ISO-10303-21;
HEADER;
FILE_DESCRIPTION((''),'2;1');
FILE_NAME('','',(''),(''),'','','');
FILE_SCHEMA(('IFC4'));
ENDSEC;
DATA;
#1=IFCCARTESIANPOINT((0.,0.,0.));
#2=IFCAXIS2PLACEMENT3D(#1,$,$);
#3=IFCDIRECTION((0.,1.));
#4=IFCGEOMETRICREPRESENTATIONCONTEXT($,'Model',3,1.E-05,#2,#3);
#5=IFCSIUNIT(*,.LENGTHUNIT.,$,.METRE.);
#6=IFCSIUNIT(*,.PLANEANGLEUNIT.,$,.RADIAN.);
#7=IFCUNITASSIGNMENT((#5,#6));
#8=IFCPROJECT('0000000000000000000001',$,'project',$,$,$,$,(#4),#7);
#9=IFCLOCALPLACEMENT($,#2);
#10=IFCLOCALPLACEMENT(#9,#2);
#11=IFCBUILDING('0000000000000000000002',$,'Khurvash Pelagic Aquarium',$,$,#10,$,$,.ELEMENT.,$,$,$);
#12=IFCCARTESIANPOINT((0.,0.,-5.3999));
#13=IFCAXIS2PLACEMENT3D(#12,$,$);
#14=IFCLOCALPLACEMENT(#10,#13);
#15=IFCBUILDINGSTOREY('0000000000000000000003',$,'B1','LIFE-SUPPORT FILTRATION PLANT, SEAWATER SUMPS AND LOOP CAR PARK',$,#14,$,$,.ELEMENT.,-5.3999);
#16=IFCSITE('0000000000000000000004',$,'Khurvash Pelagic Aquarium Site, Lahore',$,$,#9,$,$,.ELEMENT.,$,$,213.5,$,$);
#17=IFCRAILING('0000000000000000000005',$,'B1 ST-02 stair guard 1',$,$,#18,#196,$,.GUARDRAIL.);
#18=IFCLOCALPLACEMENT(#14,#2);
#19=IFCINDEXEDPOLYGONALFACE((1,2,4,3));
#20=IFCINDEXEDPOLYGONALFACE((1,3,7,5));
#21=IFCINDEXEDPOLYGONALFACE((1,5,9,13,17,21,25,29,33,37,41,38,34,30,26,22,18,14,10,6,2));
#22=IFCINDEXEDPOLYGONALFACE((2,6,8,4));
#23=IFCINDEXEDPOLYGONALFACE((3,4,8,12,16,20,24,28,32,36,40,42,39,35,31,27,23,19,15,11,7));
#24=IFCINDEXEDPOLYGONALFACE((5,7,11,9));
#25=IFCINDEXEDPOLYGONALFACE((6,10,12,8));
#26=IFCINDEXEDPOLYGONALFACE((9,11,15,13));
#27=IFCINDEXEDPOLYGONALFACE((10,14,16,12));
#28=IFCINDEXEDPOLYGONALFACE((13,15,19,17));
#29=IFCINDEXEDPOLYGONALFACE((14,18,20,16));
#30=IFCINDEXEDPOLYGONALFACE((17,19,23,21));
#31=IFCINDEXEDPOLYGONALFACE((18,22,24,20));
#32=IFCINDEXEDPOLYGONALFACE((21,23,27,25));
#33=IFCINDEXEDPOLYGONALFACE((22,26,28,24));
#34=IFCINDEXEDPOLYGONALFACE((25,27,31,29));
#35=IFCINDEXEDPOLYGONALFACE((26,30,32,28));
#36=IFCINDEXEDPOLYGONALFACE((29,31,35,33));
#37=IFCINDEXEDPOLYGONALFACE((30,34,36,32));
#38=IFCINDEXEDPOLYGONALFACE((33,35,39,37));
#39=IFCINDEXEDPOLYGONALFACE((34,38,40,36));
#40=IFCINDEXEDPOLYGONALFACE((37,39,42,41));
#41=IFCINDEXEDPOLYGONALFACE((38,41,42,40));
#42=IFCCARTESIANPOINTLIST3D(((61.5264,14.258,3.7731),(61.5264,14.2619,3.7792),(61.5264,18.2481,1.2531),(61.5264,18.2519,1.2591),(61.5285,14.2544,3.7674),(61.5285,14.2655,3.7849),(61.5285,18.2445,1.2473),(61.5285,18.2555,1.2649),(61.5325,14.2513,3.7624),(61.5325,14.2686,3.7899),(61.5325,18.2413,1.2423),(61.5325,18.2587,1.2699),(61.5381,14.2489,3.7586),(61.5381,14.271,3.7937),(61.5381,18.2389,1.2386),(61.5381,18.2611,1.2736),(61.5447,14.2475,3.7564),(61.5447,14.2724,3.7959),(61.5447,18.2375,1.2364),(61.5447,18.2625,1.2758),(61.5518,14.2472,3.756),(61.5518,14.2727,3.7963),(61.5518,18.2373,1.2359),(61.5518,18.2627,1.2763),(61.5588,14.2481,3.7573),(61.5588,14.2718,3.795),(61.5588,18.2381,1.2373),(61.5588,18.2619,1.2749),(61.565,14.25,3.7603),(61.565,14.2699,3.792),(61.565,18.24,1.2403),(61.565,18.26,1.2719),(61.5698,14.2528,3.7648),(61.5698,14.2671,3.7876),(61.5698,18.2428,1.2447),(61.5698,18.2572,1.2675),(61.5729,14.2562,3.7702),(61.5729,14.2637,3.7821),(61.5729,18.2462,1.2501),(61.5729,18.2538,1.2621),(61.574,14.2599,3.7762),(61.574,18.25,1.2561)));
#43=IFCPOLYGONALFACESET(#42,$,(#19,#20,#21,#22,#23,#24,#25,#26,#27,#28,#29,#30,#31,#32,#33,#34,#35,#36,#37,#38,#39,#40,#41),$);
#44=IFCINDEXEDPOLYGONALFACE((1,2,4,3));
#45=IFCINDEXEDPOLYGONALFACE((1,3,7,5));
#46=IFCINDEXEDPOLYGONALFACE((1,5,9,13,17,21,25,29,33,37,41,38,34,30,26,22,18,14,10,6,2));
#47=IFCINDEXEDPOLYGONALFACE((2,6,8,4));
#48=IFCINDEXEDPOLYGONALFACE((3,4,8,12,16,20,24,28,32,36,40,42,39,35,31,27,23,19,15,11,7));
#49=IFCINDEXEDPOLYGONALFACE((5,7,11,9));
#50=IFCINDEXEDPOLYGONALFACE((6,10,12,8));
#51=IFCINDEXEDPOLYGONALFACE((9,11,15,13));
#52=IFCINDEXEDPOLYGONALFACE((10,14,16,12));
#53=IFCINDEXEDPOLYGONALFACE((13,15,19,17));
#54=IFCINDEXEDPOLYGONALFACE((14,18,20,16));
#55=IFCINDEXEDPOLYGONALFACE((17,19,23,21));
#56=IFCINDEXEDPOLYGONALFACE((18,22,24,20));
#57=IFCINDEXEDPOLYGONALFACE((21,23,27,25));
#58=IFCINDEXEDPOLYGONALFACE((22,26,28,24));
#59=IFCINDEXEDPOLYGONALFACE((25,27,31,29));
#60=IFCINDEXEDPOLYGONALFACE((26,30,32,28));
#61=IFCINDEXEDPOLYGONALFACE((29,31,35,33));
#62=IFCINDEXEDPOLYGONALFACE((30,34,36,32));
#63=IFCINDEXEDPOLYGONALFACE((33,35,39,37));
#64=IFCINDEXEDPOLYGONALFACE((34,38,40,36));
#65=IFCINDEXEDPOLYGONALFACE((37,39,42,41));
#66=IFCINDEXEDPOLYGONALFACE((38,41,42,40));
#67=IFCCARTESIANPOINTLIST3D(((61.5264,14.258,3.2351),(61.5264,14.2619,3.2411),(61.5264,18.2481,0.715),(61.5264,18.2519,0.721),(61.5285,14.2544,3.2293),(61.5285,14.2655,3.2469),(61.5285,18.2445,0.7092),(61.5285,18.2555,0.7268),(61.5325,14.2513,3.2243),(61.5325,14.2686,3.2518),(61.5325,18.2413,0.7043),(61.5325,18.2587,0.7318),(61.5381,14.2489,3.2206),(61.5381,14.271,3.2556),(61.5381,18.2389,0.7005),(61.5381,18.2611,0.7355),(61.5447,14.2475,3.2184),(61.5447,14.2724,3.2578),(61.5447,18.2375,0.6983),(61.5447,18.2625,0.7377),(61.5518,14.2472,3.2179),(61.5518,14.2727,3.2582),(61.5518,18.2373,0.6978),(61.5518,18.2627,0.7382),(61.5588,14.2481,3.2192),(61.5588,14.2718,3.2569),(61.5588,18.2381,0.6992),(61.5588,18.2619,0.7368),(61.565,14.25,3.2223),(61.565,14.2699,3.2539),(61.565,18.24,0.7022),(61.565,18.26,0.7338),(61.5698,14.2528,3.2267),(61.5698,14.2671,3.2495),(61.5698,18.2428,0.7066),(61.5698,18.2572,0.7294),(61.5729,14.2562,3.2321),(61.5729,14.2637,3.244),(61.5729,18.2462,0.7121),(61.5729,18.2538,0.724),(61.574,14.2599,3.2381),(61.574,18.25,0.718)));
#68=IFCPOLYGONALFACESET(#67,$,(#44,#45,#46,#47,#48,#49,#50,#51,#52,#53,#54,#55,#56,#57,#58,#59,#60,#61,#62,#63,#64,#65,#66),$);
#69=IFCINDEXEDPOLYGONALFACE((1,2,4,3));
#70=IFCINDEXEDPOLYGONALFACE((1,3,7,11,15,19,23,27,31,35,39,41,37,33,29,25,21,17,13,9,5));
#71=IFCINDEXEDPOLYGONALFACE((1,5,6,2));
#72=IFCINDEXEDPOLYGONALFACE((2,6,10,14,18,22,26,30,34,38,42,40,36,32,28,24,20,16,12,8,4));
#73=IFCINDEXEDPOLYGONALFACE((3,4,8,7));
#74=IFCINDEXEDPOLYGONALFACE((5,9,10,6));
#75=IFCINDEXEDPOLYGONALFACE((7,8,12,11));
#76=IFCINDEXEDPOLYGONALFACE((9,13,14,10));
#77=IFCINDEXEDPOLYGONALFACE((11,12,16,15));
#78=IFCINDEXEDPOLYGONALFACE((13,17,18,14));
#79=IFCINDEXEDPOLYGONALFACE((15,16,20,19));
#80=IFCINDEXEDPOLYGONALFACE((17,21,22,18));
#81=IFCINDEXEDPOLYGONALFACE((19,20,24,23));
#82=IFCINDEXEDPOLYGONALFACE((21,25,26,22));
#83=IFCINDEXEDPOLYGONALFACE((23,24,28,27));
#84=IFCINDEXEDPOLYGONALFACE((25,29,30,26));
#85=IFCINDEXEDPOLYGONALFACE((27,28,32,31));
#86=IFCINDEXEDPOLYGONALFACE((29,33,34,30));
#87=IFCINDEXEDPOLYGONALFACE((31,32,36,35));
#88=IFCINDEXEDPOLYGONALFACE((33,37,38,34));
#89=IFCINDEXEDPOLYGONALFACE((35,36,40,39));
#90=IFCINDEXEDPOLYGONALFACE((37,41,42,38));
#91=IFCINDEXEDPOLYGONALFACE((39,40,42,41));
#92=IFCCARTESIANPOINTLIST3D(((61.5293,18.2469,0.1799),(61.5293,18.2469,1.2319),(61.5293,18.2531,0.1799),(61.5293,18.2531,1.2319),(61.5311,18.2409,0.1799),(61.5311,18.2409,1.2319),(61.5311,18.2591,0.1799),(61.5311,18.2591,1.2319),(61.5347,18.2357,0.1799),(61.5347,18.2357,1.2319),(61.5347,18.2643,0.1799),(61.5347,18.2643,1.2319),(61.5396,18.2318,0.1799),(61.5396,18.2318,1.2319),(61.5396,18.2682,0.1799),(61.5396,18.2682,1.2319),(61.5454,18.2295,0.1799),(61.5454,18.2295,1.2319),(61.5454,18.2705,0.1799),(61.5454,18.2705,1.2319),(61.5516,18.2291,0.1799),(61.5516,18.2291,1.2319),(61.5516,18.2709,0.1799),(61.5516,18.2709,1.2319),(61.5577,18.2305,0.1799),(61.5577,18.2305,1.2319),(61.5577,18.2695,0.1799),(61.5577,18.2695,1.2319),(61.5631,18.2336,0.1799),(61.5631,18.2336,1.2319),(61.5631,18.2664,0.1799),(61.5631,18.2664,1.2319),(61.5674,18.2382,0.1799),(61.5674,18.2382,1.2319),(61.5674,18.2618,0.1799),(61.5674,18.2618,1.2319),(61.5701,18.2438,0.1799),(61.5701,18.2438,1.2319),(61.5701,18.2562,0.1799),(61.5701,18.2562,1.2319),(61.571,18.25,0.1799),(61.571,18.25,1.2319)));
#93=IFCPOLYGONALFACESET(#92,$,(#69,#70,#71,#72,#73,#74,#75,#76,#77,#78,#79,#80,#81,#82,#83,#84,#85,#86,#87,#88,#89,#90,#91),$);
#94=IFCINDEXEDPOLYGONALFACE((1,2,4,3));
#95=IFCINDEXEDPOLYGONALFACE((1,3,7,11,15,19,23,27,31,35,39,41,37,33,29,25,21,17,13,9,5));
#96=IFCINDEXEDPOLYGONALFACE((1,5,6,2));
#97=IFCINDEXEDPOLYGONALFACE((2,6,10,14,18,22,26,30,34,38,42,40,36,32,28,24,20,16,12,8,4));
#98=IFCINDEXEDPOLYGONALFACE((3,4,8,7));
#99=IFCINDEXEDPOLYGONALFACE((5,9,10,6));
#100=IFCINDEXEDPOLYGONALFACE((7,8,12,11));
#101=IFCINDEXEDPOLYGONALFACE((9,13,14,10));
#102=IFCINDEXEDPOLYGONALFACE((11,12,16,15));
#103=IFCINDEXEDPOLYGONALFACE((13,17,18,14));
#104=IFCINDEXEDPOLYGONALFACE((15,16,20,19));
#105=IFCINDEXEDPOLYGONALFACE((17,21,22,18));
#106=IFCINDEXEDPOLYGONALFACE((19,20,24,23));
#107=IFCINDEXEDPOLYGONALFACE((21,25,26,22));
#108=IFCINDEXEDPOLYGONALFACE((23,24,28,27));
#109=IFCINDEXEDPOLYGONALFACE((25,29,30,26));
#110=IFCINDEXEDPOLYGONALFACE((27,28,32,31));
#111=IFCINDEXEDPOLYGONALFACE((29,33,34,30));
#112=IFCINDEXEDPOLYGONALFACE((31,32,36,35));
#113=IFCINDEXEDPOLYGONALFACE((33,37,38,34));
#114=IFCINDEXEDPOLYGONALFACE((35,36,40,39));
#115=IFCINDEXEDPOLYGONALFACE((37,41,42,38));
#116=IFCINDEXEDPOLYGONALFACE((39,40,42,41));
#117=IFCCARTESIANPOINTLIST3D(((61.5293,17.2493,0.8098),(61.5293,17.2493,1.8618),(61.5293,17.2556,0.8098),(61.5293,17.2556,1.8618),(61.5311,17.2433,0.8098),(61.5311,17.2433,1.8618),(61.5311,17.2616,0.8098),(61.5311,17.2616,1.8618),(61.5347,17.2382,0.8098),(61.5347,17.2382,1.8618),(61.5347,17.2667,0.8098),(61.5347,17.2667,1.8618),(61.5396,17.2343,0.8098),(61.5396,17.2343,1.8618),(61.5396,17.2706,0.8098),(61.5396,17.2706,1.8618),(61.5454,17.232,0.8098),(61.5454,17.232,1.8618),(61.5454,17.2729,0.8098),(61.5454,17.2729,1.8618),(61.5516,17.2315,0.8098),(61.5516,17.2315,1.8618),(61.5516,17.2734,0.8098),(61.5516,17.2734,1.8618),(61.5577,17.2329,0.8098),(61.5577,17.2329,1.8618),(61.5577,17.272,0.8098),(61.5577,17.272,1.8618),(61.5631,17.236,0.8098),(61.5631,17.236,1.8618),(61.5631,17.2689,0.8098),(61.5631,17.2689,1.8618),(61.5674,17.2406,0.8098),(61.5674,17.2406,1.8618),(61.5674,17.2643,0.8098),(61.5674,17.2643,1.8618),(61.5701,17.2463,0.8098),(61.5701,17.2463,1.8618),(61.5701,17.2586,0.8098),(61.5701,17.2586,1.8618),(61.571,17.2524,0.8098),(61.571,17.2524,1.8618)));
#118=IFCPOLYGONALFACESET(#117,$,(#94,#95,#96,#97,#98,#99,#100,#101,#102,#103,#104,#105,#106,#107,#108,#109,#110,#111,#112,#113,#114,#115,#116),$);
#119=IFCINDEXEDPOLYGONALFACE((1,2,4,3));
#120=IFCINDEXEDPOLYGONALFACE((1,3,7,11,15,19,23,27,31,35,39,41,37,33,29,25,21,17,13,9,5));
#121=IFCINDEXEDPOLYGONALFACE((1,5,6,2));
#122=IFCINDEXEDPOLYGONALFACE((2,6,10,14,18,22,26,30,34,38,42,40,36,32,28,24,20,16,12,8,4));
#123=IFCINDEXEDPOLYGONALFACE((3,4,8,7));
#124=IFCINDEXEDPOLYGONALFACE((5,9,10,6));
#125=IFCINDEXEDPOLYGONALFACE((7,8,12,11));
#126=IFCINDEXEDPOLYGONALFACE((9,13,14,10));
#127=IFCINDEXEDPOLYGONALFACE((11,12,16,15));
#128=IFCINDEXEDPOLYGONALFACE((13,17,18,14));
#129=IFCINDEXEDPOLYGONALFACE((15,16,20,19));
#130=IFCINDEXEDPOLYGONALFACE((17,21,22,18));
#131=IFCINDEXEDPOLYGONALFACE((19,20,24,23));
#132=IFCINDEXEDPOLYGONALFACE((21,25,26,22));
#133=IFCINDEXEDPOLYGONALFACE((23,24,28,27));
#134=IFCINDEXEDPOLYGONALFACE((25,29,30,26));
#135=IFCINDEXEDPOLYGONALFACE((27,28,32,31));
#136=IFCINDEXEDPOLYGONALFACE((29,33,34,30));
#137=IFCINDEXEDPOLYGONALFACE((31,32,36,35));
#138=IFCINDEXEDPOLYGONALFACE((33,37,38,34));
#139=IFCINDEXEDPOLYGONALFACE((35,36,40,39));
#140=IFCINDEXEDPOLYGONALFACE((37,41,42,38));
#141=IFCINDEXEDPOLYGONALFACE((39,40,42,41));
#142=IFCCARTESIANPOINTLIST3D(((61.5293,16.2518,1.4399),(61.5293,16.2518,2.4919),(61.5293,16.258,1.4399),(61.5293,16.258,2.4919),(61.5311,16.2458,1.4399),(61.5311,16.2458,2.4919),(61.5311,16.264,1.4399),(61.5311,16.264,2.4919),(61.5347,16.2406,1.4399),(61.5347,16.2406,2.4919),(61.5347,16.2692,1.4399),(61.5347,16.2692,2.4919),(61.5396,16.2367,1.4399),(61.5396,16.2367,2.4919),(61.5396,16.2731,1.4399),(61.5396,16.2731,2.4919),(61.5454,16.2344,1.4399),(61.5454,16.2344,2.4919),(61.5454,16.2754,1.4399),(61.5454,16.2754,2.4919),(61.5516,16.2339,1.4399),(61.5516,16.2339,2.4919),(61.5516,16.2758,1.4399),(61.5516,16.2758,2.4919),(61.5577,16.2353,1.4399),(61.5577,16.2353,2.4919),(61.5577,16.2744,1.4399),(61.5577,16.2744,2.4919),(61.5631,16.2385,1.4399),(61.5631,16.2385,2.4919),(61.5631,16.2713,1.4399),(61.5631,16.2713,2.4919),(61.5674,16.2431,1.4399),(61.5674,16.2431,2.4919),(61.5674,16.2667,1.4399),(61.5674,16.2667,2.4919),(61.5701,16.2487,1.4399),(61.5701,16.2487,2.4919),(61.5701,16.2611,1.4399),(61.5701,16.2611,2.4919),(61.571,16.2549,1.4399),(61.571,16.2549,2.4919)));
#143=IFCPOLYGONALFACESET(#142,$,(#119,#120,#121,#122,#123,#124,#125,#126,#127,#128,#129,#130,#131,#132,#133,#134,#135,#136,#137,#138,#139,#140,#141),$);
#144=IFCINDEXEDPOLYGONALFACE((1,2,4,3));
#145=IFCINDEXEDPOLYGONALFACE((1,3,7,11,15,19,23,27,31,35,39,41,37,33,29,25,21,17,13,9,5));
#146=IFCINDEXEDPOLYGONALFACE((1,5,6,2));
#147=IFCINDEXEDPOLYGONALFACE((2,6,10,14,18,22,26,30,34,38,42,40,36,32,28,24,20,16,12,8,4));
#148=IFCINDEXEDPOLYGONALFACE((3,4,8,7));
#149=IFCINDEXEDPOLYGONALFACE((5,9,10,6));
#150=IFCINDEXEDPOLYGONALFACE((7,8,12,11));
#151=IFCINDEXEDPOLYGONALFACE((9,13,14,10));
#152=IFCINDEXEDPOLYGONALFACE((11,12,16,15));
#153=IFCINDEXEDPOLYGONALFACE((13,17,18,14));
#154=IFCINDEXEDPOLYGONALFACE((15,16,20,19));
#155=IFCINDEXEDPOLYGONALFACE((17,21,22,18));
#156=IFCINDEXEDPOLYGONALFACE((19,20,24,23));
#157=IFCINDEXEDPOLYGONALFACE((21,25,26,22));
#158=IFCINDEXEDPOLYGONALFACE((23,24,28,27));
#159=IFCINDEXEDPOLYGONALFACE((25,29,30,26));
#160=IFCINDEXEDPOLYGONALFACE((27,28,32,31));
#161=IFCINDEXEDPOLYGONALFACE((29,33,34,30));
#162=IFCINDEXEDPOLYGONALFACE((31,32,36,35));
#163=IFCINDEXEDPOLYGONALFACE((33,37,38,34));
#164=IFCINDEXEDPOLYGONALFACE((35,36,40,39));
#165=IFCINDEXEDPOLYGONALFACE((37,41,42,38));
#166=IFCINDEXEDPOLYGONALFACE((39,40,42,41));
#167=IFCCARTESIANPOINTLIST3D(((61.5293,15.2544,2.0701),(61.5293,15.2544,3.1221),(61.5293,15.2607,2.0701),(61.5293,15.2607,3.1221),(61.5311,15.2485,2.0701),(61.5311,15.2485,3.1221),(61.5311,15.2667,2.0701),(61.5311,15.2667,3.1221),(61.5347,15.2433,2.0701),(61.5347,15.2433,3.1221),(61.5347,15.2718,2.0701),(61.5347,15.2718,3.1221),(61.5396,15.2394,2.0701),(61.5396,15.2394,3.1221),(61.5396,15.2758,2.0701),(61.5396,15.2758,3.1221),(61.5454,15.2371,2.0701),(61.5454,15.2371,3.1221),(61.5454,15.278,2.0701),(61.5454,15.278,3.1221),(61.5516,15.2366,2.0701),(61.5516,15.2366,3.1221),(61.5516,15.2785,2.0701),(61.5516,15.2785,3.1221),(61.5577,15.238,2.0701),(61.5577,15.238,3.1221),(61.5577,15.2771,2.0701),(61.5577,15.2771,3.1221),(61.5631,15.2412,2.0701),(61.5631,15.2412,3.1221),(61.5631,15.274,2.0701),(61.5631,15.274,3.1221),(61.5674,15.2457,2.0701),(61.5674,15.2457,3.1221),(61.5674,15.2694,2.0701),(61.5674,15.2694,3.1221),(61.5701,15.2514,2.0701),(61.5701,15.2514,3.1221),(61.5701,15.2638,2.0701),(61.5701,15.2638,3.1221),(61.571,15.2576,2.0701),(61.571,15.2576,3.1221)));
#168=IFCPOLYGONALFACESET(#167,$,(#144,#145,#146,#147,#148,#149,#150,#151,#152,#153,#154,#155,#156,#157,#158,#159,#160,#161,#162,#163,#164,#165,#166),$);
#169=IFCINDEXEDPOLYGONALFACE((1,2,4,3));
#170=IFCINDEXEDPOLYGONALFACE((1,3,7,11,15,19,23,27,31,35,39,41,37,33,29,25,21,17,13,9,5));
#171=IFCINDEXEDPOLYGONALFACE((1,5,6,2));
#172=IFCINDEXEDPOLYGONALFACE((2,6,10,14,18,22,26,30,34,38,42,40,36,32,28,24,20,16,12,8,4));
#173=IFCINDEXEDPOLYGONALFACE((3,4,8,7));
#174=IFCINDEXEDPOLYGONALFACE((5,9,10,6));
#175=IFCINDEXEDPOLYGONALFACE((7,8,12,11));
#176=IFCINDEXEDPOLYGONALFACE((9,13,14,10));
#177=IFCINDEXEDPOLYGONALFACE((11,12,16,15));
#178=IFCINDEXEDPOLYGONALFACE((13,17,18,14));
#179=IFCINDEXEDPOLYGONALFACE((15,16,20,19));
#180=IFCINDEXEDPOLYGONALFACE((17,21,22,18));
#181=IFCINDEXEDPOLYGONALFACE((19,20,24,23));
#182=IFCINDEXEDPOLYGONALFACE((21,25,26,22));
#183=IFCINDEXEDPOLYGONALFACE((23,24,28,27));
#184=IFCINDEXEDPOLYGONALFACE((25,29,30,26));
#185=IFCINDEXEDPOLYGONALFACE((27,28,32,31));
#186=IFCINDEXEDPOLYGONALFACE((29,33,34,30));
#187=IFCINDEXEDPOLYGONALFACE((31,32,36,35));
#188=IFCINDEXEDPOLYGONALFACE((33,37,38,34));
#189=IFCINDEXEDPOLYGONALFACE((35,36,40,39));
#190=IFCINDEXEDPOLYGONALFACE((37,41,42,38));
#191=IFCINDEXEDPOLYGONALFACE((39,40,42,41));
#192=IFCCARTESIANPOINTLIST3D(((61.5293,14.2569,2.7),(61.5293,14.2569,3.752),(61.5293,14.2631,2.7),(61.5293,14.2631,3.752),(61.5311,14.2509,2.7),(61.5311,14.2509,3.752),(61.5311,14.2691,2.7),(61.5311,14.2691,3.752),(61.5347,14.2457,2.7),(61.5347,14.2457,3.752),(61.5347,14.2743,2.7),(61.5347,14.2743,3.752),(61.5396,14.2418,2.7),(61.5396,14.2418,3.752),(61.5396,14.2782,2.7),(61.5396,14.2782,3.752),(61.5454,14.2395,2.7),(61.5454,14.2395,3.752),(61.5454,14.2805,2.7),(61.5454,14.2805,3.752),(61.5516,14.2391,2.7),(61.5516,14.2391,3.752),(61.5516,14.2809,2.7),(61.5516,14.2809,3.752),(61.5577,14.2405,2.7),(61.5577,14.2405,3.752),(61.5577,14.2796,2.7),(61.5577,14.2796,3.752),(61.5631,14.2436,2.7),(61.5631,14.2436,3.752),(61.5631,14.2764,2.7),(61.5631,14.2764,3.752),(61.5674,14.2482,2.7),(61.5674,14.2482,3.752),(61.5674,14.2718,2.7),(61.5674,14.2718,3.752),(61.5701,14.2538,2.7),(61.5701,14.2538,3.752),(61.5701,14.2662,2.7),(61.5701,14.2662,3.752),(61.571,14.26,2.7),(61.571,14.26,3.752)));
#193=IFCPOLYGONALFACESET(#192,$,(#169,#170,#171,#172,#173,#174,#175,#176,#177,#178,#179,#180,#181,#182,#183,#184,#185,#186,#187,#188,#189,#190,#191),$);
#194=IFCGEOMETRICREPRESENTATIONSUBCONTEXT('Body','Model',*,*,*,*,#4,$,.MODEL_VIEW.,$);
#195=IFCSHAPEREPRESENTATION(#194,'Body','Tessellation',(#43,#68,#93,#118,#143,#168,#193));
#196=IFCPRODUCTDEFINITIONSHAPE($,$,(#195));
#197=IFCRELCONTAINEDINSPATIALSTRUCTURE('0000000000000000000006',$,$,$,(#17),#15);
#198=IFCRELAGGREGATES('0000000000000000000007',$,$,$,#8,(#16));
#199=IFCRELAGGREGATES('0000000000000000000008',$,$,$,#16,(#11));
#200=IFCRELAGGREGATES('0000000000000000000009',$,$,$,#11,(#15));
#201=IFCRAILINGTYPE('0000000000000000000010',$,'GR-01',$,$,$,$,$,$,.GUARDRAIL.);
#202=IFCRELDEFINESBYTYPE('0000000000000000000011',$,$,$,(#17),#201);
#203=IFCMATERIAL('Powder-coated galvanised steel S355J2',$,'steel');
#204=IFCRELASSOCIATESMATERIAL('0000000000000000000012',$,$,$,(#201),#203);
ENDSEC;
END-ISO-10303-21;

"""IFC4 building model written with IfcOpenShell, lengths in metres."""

from ifc_helpers import new_model, si_unit, direction, frame, origin, origin_2d, place, context, subcontext, project, spatial, circle, extrude, material, type_object, element, save


model = new_model("IFC4")

# Units and contexts
model_context = context("Model", 3, precision=1e-05, world=origin(), true_north=direction((0.0, 1.0)))
body_context = subcontext(model_context, "Body", "Model", "MODEL_VIEW")
ifc_project = project(units=[si_unit("LENGTHUNIT", "METRE"), si_unit("PLANEANGLEUNIT", "RADIAN")], contexts=[model_context])

# Site, building, storey
site_placement = place(None, origin())
site = spatial("IfcSite", under=ifc_project, at=site_placement, Name="Khurvash Pelagic Aquarium Site, Lahore", CompositionType="ELEMENT", RefElevation=213.5)
building_placement = place(site_placement, origin())
building = spatial("IfcBuilding", under=site, at=building_placement, Name="Khurvash Pelagic Aquarium", CompositionType="ELEMENT")
storey_placement = place(building_placement, frame((0.0, 0.0, -5.3999)))
storey = spatial("IfcBuildingStorey", under=building, at=storey_placement, Name="B1", Description="LIFE-SUPPORT FILTRATION PLANT, SEAWATER SUMPS AND LOOP CAR PARK", CompositionType="ELEMENT", Elevation=-5.3999)

# Railing
ifc_material_1 = material(Name="Powder-coated galvanised steel S355J2", Category="steel")
railing_type_1 = type_object("IfcRailingType", Name="GR-01", PredefinedType="GUARDRAIL", material=ifc_material_1)
railing_1_placement = place(storey_placement, frame((61.55, 18.25, 0.1799)))
element("IfcRailing", 1, at=railing_1_placement, inside=storey, type_object=railing_type_1, Name="B1 ST-02 stair guard 1", PredefinedType="GUARDRAIL", context=body_context, shape_type="SweptSolid", body=[
    extrude(circle(Radius=0.0239, at=origin_2d()), frame((0.0, 0.0, 1.0762), z_axis=(0.0, -0.845486, 0.533997), x_axis=(1.0, 0.0, 0.0)), (0.0, 0.0, 1.0), 4.7192),
    extrude(circle(Radius=0.0239, at=origin_2d()), frame((0.0, 0.0, 0.5381), z_axis=(0.0, -0.845486, 0.533997), x_axis=(1.0, 0.0, 0.0)), (0.0, 0.0, 1.0), 4.7192),
    extrude(circle(Radius=0.021, at=origin_2d()), origin(), (0.0, 0.0, 1.0), 1.052),
    extrude(circle(Radius=0.021, at=origin_2d()), frame((0.0, -0.9976, 0.6299)), (0.0, 0.0, 1.0), 1.052),
    extrude(circle(Radius=0.021, at=origin_2d()), frame((0.0, -1.9951, 1.26)), (0.0, 0.0, 1.0), 1.052),
    extrude(circle(Radius=0.021, at=origin_2d()), frame((0.0, -2.9924, 1.8901)), (0.0, 0.0, 1.0), 1.052),
    extrude(circle(Radius=0.021, at=origin_2d()), frame((0.0, -3.99, 2.52)), (0.0, 0.0, 1.0), 1.052),
])

save(model, "model.ifc")
